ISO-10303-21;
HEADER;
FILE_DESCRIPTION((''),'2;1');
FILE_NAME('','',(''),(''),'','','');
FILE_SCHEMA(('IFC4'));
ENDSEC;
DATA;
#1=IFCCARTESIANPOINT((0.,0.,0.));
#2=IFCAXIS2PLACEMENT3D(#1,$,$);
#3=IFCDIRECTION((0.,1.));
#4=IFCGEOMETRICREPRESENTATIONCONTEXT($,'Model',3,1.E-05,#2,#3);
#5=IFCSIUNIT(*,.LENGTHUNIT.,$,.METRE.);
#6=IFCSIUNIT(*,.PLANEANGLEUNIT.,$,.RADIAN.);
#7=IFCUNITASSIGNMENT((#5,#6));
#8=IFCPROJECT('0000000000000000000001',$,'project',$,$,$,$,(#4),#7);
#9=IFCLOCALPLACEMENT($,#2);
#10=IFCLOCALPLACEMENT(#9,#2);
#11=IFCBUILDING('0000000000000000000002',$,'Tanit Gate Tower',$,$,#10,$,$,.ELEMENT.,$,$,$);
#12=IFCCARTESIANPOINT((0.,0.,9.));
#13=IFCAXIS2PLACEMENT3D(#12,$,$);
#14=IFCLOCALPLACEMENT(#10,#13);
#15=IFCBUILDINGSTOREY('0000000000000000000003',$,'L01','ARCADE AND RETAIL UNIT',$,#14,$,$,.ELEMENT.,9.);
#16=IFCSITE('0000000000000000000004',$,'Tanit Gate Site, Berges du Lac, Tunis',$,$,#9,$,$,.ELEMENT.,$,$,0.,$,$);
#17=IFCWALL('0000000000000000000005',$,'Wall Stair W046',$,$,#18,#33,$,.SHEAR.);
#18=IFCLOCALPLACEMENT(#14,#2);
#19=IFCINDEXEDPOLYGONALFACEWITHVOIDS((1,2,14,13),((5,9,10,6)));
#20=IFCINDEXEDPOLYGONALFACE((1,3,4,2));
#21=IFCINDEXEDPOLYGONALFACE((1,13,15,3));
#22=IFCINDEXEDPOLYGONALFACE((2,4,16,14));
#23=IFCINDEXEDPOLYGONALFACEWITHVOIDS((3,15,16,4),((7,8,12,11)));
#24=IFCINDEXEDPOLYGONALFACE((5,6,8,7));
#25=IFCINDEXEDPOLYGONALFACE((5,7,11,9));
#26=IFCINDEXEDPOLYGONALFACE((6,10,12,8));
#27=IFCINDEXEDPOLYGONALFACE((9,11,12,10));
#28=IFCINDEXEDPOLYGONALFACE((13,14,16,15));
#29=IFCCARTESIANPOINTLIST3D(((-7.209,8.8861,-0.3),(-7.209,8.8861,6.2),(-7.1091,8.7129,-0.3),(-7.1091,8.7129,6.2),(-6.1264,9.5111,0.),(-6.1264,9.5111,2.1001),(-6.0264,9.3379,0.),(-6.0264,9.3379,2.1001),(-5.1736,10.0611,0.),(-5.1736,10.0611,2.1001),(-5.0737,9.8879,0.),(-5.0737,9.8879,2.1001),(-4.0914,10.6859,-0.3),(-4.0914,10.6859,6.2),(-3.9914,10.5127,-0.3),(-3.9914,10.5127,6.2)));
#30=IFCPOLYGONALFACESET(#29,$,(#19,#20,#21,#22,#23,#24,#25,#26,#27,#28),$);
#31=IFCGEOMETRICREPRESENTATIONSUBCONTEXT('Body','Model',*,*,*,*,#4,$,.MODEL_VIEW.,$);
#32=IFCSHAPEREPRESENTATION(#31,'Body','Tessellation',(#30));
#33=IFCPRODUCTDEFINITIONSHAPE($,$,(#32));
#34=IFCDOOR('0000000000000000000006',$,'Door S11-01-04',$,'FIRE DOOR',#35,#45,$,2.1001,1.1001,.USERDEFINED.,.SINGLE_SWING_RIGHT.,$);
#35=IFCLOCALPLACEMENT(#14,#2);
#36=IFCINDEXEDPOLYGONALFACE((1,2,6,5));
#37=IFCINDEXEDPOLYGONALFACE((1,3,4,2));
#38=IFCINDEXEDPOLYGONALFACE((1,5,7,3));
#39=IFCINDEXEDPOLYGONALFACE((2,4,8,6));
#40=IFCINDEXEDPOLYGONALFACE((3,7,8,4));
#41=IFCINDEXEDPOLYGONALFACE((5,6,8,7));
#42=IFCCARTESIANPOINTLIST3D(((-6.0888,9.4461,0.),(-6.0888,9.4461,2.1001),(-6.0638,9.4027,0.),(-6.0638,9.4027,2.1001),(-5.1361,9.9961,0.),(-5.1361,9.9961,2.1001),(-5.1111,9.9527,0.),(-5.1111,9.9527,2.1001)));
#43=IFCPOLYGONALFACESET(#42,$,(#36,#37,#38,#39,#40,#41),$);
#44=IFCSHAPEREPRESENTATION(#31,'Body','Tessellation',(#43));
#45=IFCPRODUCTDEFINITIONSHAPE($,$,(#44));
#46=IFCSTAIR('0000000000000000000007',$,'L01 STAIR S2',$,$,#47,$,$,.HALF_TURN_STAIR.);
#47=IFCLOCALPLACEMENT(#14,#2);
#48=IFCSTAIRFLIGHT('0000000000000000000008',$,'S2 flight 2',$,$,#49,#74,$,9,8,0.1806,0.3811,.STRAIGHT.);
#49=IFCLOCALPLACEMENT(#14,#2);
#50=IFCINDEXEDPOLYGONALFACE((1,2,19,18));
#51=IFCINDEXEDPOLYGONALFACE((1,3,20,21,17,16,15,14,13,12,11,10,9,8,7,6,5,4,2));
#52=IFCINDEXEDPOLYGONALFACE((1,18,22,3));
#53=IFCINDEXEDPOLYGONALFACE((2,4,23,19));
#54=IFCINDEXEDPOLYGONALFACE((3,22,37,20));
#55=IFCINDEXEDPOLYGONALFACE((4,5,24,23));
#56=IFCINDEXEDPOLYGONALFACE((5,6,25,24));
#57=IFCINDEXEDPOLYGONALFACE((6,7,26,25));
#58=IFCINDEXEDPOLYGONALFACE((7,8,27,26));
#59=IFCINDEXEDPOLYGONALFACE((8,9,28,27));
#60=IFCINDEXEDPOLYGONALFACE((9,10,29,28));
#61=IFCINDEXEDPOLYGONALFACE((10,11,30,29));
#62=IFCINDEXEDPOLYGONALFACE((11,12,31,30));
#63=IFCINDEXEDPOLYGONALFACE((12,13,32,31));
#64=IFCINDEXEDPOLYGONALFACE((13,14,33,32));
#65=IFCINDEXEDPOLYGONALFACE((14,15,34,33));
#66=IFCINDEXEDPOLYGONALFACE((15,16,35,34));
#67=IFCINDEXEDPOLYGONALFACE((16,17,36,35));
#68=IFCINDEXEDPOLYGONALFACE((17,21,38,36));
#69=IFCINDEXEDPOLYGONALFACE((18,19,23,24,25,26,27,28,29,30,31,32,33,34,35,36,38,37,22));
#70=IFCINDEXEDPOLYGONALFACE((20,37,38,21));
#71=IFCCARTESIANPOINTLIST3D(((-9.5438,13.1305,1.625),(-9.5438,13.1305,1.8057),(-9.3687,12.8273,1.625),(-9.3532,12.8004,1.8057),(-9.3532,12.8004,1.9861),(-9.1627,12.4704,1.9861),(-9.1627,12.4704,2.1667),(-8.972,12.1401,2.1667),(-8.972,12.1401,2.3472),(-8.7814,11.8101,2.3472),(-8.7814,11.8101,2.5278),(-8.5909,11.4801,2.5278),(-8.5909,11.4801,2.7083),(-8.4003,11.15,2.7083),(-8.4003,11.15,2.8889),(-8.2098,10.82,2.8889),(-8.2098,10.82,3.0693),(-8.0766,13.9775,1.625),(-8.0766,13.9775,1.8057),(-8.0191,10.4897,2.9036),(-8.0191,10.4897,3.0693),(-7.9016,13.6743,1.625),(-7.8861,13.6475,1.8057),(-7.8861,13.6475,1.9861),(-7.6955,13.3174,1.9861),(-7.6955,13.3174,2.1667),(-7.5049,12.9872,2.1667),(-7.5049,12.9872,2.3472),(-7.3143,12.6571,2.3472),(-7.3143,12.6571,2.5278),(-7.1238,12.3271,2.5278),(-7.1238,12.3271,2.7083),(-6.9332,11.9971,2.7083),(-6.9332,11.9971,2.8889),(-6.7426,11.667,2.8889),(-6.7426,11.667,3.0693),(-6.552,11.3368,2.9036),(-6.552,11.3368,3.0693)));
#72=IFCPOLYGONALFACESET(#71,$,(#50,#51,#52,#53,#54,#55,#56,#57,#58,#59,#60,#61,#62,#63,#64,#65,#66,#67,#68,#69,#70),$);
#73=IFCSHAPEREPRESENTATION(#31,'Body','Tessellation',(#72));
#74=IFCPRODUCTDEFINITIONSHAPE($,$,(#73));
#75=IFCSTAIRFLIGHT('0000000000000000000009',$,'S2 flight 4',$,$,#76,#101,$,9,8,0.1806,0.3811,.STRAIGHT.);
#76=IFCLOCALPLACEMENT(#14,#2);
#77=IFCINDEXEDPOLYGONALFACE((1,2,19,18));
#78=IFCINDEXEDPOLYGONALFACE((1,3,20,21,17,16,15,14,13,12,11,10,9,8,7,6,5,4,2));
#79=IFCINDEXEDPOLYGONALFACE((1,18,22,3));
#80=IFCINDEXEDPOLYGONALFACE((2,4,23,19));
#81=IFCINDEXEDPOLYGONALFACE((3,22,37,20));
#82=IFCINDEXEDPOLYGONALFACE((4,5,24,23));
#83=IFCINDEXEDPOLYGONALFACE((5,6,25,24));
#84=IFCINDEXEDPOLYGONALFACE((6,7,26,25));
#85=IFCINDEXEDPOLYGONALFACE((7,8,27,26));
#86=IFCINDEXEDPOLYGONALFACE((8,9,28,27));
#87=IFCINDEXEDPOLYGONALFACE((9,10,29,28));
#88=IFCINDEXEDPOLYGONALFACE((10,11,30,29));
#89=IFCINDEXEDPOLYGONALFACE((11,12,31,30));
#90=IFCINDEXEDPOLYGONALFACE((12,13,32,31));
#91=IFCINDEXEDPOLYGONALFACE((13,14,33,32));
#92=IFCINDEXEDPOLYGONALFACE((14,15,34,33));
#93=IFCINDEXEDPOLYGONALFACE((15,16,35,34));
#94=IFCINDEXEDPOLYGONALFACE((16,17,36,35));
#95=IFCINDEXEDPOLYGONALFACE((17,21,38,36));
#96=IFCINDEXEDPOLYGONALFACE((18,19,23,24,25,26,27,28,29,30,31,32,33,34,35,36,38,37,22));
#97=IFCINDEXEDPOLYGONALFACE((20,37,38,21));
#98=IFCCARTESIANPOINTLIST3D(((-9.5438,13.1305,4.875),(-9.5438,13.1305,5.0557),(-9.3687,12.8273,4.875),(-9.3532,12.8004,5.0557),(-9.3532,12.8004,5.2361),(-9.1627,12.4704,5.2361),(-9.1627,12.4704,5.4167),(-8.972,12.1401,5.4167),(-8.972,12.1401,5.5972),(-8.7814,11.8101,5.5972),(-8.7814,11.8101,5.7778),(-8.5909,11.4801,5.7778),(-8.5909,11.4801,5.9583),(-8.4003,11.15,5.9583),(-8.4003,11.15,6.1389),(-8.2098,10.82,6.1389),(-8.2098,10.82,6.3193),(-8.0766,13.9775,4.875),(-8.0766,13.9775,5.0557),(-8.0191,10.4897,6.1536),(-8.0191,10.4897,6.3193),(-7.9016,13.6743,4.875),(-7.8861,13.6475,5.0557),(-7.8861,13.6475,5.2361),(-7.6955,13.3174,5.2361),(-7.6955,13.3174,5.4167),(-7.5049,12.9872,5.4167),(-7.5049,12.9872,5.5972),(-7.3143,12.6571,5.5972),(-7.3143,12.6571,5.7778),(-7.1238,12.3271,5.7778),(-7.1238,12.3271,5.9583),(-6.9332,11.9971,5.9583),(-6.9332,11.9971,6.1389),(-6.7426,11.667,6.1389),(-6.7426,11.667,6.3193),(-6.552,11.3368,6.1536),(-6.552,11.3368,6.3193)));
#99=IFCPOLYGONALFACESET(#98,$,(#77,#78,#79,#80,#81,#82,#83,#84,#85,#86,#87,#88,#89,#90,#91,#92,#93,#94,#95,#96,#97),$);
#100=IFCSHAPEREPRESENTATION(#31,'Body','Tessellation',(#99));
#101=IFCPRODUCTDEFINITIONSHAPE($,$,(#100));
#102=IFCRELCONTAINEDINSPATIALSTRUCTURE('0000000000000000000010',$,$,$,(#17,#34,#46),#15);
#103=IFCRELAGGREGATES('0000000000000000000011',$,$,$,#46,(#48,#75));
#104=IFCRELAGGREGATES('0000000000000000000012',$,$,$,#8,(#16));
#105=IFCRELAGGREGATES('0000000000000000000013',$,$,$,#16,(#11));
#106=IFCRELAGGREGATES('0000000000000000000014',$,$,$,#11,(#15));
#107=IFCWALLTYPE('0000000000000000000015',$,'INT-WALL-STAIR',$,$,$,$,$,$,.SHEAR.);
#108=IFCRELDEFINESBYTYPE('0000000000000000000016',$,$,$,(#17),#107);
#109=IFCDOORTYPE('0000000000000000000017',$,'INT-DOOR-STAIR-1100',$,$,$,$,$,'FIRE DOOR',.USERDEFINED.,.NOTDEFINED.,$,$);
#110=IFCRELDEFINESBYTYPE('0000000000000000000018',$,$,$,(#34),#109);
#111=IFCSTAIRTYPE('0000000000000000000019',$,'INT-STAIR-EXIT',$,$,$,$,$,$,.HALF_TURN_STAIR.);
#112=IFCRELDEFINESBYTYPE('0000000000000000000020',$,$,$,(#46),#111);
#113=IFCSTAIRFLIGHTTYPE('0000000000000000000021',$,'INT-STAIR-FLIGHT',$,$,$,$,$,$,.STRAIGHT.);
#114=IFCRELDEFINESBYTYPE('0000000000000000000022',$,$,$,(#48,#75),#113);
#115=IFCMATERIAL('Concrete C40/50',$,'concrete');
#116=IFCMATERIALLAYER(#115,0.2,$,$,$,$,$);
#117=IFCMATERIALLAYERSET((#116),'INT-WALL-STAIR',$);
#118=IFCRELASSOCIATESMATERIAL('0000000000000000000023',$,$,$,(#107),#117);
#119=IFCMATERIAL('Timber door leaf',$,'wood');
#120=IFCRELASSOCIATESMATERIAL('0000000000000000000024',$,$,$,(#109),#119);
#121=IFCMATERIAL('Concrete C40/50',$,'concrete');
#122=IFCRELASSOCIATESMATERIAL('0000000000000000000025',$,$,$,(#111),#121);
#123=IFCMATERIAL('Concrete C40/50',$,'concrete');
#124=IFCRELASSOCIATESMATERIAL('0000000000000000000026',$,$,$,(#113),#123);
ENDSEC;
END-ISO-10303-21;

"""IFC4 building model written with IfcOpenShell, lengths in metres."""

from ifc_helpers import new_model, si_unit, direction, frame, frame_2d, origin, place, context, subcontext, project, spatial, polyline, rectangle, outline, extrude, material, layer, layer_set, type_object, element, fill, aggregate, save


model = new_model("IFC4")

# Units and contexts
model_context = context("Model", 3, precision=1e-05, world=origin(), true_north=direction((0.0, 1.0)))
body_context = subcontext(model_context, "Body", "Model", "MODEL_VIEW")
ifc_project = project(units=[si_unit("LENGTHUNIT", "METRE"), si_unit("PLANEANGLEUNIT", "RADIAN")], contexts=[model_context])

# Site, building, storey
site_placement = place(None, origin())
site = spatial("IfcSite", under=ifc_project, at=site_placement, Name="Tanit Gate Site, Berges du Lac, Tunis", CompositionType="ELEMENT", RefElevation=0.0)
building_placement = place(site_placement, origin())
building = spatial("IfcBuilding", under=site, at=building_placement, Name="Tanit Gate Tower", CompositionType="ELEMENT")
storey_placement = place(building_placement, frame((0.0, 0.0, 9.0)))
storey = spatial("IfcBuildingStorey", under=building, at=storey_placement, Name="L01", Description="ARCADE AND RETAIL UNIT", CompositionType="ELEMENT", Elevation=9.0)

# Wall, opening, door
ifc_material_1 = material(Name="Concrete C40/50", Category="concrete")
ifc_layer_1 = layer(ifc_material_1, 0.2)
ifc_layer_set_1 = layer_set([ifc_layer_1], Name="INT-WALL-STAIR")
wall_type_1 = type_object("IfcWallType", Name="INT-WALL-STAIR", PredefinedType="SHEAR", material=ifc_layer_set_1)
wall_1_placement = place(storey_placement, frame((-7.1589, 8.7996, -0.3), z_axis=(0.0, 0.0, 1.0), x_axis=(0.866048, 0.499961, 0.0)))
wall_1 = element("IfcWall", 1, at=wall_1_placement, inside=storey, type_object=wall_type_1, Name="Wall Stair W046", PredefinedType="SHEAR", context=body_context, shape_type="SweptSolid", body=[
    extrude(rectangle(XDim=3.5999, YDim=0.2, at=frame_2d((1.7998, 0.0))), origin(), (0.0, 0.0, 1.0), 6.5),
])
opening_1_placement = place(wall_1_placement, frame((1.25, 0.0, 0.3)))
opening_1 = element("IfcOpeningElement", 2, at=opening_1_placement, cuts=wall_1, PredefinedType="OPENING", context=body_context, shape_type="SweptSolid", body=[
    extrude(rectangle(XDim=1.1001, YDim=2.1001, at=frame_2d((0.55, 1.05))), frame((0.0, 0.1099, 0.0), z_axis=(0.0, -1.0, 0.0), x_axis=(1.0, 0.0, 0.0)), (0.0, 0.0, 1.0), 0.22),
])
ifc_material_2 = material(Name="Timber door leaf", Category="wood")
door_type_1 = type_object("IfcDoorType", Name="INT-DOOR-STAIR-1100", ElementType="FIRE DOOR", OperationType="NOTDEFINED", PredefinedType="USERDEFINED", material=ifc_material_2)
door_1_placement = place(opening_1_placement, origin())
door_1 = element("IfcDoor", 3, at=door_1_placement, inside=storey, type_object=door_type_1, Name="Door S11-01-04", ObjectType="FIRE DOOR", OperationType="SINGLE_SWING_RIGHT", OverallHeight=2.1001, OverallWidth=1.1001, PredefinedType="USERDEFINED", context=body_context, shape_type="SweptSolid", body=[
    extrude(rectangle(XDim=1.1001, YDim=2.1001, at=frame_2d((0.55, 1.05))), frame((0.0, 0.0249, 0.0), z_axis=(0.0, -1.0, 0.0), x_axis=(1.0, 0.0, 0.0)), (0.0, 0.0, 1.0), 0.05),
])
fill(opening_1, door_1)

# Stair, stair flights
ifc_material_3 = material(Name="Concrete C40/50", Category="concrete")
stair_type = type_object("IfcStairType", Name="INT-STAIR-EXIT", PredefinedType="HALF_TURN_STAIR", material=ifc_material_3)
stair_placement = place(storey_placement, origin())
stair = element("IfcStair", 4, at=stair_placement, inside=storey, type_object=stair_type, Name="L01 STAIR S2", PredefinedType="HALF_TURN_STAIR")
ifc_material_4 = material(Name="Concrete C40/50", Category="concrete")
stair_flight_type = type_object("IfcStairFlightType", Name="INT-STAIR-FLIGHT", PredefinedType="STRAIGHT", material=ifc_material_4)
stair_flight_1_placement = place(storey_placement, frame((-8.8103, 13.554, 1.625), z_axis=(0.0, 0.0, 1.0), x_axis=(0.5, -0.866025, 0.0)))
stair_flight_1 = element("IfcStairFlight", 5, at=stair_flight_1_placement, type_object=stair_flight_type, Name="S2 flight 2", NumberOfRisers=9, NumberOfTreads=8, PredefinedType="STRAIGHT", RiserHeight=0.1806, TreadLength=0.3811, context=body_context, shape_type="SweptSolid", body=[
    extrude(outline(polyline([(0.0, 0.0), (0.0, 0.1807), (0.3811, 0.1807), (0.3811, 0.3611), (0.7622, 0.3611), (0.7622, 0.5417), (1.1436, 0.5417), (1.1436, 0.7222), (1.5247, 0.7222), (1.5247, 0.9028), (1.9058, 0.9028), (1.9058, 1.0833), (2.2869, 1.0833), (2.2869, 1.2639), (2.668, 1.2639), (2.668, 1.4443), (3.0493, 1.4443), (3.0493, 1.625), (3.0493, 1.2786), (0.3501, 0.0), (0.0, 0.0)])), frame((0.0, 0.8472, 0.0), z_axis=(0.0, -1.0, 0.0), x_axis=(1.0, 0.0, 0.0)), (0.0, 0.0, 1.0), 1.6941),
])
stair_flight_2_placement = place(storey_placement, frame((-8.8103, 13.554, 4.875), z_axis=(0.0, 0.0, 1.0), x_axis=(0.5, -0.866025, 0.0)))
stair_flight_2 = element("IfcStairFlight", 6, at=stair_flight_2_placement, type_object=stair_flight_type, Name="S2 flight 4", NumberOfRisers=9, NumberOfTreads=8, PredefinedType="STRAIGHT", RiserHeight=0.1806, TreadLength=0.3811, context=body_context, shape_type="SweptSolid", body=[
    extrude(outline(polyline([(0.0, 0.0), (0.0, 0.1807), (0.3811, 0.1807), (0.3811, 0.3611), (0.7622, 0.3611), (0.7622, 0.5417), (1.1436, 0.5417), (1.1436, 0.7222), (1.5247, 0.7222), (1.5247, 0.9028), (1.9058, 0.9028), (1.9058, 1.0833), (2.2869, 1.0833), (2.2869, 1.2639), (2.668, 1.2639), (2.668, 1.4443), (3.0493, 1.4443), (3.0493, 1.625), (3.0493, 1.2786), (0.3501, 0.0), (0.0, 0.0)])), frame((0.0, 0.8472, 0.0), z_axis=(0.0, -1.0, 0.0), x_axis=(1.0, 0.0, 0.0)), (0.0, 0.0, 1.0), 1.6941),
])
aggregate(stair, [stair_flight_1, stair_flight_2])

save(model, "model.ifc")
